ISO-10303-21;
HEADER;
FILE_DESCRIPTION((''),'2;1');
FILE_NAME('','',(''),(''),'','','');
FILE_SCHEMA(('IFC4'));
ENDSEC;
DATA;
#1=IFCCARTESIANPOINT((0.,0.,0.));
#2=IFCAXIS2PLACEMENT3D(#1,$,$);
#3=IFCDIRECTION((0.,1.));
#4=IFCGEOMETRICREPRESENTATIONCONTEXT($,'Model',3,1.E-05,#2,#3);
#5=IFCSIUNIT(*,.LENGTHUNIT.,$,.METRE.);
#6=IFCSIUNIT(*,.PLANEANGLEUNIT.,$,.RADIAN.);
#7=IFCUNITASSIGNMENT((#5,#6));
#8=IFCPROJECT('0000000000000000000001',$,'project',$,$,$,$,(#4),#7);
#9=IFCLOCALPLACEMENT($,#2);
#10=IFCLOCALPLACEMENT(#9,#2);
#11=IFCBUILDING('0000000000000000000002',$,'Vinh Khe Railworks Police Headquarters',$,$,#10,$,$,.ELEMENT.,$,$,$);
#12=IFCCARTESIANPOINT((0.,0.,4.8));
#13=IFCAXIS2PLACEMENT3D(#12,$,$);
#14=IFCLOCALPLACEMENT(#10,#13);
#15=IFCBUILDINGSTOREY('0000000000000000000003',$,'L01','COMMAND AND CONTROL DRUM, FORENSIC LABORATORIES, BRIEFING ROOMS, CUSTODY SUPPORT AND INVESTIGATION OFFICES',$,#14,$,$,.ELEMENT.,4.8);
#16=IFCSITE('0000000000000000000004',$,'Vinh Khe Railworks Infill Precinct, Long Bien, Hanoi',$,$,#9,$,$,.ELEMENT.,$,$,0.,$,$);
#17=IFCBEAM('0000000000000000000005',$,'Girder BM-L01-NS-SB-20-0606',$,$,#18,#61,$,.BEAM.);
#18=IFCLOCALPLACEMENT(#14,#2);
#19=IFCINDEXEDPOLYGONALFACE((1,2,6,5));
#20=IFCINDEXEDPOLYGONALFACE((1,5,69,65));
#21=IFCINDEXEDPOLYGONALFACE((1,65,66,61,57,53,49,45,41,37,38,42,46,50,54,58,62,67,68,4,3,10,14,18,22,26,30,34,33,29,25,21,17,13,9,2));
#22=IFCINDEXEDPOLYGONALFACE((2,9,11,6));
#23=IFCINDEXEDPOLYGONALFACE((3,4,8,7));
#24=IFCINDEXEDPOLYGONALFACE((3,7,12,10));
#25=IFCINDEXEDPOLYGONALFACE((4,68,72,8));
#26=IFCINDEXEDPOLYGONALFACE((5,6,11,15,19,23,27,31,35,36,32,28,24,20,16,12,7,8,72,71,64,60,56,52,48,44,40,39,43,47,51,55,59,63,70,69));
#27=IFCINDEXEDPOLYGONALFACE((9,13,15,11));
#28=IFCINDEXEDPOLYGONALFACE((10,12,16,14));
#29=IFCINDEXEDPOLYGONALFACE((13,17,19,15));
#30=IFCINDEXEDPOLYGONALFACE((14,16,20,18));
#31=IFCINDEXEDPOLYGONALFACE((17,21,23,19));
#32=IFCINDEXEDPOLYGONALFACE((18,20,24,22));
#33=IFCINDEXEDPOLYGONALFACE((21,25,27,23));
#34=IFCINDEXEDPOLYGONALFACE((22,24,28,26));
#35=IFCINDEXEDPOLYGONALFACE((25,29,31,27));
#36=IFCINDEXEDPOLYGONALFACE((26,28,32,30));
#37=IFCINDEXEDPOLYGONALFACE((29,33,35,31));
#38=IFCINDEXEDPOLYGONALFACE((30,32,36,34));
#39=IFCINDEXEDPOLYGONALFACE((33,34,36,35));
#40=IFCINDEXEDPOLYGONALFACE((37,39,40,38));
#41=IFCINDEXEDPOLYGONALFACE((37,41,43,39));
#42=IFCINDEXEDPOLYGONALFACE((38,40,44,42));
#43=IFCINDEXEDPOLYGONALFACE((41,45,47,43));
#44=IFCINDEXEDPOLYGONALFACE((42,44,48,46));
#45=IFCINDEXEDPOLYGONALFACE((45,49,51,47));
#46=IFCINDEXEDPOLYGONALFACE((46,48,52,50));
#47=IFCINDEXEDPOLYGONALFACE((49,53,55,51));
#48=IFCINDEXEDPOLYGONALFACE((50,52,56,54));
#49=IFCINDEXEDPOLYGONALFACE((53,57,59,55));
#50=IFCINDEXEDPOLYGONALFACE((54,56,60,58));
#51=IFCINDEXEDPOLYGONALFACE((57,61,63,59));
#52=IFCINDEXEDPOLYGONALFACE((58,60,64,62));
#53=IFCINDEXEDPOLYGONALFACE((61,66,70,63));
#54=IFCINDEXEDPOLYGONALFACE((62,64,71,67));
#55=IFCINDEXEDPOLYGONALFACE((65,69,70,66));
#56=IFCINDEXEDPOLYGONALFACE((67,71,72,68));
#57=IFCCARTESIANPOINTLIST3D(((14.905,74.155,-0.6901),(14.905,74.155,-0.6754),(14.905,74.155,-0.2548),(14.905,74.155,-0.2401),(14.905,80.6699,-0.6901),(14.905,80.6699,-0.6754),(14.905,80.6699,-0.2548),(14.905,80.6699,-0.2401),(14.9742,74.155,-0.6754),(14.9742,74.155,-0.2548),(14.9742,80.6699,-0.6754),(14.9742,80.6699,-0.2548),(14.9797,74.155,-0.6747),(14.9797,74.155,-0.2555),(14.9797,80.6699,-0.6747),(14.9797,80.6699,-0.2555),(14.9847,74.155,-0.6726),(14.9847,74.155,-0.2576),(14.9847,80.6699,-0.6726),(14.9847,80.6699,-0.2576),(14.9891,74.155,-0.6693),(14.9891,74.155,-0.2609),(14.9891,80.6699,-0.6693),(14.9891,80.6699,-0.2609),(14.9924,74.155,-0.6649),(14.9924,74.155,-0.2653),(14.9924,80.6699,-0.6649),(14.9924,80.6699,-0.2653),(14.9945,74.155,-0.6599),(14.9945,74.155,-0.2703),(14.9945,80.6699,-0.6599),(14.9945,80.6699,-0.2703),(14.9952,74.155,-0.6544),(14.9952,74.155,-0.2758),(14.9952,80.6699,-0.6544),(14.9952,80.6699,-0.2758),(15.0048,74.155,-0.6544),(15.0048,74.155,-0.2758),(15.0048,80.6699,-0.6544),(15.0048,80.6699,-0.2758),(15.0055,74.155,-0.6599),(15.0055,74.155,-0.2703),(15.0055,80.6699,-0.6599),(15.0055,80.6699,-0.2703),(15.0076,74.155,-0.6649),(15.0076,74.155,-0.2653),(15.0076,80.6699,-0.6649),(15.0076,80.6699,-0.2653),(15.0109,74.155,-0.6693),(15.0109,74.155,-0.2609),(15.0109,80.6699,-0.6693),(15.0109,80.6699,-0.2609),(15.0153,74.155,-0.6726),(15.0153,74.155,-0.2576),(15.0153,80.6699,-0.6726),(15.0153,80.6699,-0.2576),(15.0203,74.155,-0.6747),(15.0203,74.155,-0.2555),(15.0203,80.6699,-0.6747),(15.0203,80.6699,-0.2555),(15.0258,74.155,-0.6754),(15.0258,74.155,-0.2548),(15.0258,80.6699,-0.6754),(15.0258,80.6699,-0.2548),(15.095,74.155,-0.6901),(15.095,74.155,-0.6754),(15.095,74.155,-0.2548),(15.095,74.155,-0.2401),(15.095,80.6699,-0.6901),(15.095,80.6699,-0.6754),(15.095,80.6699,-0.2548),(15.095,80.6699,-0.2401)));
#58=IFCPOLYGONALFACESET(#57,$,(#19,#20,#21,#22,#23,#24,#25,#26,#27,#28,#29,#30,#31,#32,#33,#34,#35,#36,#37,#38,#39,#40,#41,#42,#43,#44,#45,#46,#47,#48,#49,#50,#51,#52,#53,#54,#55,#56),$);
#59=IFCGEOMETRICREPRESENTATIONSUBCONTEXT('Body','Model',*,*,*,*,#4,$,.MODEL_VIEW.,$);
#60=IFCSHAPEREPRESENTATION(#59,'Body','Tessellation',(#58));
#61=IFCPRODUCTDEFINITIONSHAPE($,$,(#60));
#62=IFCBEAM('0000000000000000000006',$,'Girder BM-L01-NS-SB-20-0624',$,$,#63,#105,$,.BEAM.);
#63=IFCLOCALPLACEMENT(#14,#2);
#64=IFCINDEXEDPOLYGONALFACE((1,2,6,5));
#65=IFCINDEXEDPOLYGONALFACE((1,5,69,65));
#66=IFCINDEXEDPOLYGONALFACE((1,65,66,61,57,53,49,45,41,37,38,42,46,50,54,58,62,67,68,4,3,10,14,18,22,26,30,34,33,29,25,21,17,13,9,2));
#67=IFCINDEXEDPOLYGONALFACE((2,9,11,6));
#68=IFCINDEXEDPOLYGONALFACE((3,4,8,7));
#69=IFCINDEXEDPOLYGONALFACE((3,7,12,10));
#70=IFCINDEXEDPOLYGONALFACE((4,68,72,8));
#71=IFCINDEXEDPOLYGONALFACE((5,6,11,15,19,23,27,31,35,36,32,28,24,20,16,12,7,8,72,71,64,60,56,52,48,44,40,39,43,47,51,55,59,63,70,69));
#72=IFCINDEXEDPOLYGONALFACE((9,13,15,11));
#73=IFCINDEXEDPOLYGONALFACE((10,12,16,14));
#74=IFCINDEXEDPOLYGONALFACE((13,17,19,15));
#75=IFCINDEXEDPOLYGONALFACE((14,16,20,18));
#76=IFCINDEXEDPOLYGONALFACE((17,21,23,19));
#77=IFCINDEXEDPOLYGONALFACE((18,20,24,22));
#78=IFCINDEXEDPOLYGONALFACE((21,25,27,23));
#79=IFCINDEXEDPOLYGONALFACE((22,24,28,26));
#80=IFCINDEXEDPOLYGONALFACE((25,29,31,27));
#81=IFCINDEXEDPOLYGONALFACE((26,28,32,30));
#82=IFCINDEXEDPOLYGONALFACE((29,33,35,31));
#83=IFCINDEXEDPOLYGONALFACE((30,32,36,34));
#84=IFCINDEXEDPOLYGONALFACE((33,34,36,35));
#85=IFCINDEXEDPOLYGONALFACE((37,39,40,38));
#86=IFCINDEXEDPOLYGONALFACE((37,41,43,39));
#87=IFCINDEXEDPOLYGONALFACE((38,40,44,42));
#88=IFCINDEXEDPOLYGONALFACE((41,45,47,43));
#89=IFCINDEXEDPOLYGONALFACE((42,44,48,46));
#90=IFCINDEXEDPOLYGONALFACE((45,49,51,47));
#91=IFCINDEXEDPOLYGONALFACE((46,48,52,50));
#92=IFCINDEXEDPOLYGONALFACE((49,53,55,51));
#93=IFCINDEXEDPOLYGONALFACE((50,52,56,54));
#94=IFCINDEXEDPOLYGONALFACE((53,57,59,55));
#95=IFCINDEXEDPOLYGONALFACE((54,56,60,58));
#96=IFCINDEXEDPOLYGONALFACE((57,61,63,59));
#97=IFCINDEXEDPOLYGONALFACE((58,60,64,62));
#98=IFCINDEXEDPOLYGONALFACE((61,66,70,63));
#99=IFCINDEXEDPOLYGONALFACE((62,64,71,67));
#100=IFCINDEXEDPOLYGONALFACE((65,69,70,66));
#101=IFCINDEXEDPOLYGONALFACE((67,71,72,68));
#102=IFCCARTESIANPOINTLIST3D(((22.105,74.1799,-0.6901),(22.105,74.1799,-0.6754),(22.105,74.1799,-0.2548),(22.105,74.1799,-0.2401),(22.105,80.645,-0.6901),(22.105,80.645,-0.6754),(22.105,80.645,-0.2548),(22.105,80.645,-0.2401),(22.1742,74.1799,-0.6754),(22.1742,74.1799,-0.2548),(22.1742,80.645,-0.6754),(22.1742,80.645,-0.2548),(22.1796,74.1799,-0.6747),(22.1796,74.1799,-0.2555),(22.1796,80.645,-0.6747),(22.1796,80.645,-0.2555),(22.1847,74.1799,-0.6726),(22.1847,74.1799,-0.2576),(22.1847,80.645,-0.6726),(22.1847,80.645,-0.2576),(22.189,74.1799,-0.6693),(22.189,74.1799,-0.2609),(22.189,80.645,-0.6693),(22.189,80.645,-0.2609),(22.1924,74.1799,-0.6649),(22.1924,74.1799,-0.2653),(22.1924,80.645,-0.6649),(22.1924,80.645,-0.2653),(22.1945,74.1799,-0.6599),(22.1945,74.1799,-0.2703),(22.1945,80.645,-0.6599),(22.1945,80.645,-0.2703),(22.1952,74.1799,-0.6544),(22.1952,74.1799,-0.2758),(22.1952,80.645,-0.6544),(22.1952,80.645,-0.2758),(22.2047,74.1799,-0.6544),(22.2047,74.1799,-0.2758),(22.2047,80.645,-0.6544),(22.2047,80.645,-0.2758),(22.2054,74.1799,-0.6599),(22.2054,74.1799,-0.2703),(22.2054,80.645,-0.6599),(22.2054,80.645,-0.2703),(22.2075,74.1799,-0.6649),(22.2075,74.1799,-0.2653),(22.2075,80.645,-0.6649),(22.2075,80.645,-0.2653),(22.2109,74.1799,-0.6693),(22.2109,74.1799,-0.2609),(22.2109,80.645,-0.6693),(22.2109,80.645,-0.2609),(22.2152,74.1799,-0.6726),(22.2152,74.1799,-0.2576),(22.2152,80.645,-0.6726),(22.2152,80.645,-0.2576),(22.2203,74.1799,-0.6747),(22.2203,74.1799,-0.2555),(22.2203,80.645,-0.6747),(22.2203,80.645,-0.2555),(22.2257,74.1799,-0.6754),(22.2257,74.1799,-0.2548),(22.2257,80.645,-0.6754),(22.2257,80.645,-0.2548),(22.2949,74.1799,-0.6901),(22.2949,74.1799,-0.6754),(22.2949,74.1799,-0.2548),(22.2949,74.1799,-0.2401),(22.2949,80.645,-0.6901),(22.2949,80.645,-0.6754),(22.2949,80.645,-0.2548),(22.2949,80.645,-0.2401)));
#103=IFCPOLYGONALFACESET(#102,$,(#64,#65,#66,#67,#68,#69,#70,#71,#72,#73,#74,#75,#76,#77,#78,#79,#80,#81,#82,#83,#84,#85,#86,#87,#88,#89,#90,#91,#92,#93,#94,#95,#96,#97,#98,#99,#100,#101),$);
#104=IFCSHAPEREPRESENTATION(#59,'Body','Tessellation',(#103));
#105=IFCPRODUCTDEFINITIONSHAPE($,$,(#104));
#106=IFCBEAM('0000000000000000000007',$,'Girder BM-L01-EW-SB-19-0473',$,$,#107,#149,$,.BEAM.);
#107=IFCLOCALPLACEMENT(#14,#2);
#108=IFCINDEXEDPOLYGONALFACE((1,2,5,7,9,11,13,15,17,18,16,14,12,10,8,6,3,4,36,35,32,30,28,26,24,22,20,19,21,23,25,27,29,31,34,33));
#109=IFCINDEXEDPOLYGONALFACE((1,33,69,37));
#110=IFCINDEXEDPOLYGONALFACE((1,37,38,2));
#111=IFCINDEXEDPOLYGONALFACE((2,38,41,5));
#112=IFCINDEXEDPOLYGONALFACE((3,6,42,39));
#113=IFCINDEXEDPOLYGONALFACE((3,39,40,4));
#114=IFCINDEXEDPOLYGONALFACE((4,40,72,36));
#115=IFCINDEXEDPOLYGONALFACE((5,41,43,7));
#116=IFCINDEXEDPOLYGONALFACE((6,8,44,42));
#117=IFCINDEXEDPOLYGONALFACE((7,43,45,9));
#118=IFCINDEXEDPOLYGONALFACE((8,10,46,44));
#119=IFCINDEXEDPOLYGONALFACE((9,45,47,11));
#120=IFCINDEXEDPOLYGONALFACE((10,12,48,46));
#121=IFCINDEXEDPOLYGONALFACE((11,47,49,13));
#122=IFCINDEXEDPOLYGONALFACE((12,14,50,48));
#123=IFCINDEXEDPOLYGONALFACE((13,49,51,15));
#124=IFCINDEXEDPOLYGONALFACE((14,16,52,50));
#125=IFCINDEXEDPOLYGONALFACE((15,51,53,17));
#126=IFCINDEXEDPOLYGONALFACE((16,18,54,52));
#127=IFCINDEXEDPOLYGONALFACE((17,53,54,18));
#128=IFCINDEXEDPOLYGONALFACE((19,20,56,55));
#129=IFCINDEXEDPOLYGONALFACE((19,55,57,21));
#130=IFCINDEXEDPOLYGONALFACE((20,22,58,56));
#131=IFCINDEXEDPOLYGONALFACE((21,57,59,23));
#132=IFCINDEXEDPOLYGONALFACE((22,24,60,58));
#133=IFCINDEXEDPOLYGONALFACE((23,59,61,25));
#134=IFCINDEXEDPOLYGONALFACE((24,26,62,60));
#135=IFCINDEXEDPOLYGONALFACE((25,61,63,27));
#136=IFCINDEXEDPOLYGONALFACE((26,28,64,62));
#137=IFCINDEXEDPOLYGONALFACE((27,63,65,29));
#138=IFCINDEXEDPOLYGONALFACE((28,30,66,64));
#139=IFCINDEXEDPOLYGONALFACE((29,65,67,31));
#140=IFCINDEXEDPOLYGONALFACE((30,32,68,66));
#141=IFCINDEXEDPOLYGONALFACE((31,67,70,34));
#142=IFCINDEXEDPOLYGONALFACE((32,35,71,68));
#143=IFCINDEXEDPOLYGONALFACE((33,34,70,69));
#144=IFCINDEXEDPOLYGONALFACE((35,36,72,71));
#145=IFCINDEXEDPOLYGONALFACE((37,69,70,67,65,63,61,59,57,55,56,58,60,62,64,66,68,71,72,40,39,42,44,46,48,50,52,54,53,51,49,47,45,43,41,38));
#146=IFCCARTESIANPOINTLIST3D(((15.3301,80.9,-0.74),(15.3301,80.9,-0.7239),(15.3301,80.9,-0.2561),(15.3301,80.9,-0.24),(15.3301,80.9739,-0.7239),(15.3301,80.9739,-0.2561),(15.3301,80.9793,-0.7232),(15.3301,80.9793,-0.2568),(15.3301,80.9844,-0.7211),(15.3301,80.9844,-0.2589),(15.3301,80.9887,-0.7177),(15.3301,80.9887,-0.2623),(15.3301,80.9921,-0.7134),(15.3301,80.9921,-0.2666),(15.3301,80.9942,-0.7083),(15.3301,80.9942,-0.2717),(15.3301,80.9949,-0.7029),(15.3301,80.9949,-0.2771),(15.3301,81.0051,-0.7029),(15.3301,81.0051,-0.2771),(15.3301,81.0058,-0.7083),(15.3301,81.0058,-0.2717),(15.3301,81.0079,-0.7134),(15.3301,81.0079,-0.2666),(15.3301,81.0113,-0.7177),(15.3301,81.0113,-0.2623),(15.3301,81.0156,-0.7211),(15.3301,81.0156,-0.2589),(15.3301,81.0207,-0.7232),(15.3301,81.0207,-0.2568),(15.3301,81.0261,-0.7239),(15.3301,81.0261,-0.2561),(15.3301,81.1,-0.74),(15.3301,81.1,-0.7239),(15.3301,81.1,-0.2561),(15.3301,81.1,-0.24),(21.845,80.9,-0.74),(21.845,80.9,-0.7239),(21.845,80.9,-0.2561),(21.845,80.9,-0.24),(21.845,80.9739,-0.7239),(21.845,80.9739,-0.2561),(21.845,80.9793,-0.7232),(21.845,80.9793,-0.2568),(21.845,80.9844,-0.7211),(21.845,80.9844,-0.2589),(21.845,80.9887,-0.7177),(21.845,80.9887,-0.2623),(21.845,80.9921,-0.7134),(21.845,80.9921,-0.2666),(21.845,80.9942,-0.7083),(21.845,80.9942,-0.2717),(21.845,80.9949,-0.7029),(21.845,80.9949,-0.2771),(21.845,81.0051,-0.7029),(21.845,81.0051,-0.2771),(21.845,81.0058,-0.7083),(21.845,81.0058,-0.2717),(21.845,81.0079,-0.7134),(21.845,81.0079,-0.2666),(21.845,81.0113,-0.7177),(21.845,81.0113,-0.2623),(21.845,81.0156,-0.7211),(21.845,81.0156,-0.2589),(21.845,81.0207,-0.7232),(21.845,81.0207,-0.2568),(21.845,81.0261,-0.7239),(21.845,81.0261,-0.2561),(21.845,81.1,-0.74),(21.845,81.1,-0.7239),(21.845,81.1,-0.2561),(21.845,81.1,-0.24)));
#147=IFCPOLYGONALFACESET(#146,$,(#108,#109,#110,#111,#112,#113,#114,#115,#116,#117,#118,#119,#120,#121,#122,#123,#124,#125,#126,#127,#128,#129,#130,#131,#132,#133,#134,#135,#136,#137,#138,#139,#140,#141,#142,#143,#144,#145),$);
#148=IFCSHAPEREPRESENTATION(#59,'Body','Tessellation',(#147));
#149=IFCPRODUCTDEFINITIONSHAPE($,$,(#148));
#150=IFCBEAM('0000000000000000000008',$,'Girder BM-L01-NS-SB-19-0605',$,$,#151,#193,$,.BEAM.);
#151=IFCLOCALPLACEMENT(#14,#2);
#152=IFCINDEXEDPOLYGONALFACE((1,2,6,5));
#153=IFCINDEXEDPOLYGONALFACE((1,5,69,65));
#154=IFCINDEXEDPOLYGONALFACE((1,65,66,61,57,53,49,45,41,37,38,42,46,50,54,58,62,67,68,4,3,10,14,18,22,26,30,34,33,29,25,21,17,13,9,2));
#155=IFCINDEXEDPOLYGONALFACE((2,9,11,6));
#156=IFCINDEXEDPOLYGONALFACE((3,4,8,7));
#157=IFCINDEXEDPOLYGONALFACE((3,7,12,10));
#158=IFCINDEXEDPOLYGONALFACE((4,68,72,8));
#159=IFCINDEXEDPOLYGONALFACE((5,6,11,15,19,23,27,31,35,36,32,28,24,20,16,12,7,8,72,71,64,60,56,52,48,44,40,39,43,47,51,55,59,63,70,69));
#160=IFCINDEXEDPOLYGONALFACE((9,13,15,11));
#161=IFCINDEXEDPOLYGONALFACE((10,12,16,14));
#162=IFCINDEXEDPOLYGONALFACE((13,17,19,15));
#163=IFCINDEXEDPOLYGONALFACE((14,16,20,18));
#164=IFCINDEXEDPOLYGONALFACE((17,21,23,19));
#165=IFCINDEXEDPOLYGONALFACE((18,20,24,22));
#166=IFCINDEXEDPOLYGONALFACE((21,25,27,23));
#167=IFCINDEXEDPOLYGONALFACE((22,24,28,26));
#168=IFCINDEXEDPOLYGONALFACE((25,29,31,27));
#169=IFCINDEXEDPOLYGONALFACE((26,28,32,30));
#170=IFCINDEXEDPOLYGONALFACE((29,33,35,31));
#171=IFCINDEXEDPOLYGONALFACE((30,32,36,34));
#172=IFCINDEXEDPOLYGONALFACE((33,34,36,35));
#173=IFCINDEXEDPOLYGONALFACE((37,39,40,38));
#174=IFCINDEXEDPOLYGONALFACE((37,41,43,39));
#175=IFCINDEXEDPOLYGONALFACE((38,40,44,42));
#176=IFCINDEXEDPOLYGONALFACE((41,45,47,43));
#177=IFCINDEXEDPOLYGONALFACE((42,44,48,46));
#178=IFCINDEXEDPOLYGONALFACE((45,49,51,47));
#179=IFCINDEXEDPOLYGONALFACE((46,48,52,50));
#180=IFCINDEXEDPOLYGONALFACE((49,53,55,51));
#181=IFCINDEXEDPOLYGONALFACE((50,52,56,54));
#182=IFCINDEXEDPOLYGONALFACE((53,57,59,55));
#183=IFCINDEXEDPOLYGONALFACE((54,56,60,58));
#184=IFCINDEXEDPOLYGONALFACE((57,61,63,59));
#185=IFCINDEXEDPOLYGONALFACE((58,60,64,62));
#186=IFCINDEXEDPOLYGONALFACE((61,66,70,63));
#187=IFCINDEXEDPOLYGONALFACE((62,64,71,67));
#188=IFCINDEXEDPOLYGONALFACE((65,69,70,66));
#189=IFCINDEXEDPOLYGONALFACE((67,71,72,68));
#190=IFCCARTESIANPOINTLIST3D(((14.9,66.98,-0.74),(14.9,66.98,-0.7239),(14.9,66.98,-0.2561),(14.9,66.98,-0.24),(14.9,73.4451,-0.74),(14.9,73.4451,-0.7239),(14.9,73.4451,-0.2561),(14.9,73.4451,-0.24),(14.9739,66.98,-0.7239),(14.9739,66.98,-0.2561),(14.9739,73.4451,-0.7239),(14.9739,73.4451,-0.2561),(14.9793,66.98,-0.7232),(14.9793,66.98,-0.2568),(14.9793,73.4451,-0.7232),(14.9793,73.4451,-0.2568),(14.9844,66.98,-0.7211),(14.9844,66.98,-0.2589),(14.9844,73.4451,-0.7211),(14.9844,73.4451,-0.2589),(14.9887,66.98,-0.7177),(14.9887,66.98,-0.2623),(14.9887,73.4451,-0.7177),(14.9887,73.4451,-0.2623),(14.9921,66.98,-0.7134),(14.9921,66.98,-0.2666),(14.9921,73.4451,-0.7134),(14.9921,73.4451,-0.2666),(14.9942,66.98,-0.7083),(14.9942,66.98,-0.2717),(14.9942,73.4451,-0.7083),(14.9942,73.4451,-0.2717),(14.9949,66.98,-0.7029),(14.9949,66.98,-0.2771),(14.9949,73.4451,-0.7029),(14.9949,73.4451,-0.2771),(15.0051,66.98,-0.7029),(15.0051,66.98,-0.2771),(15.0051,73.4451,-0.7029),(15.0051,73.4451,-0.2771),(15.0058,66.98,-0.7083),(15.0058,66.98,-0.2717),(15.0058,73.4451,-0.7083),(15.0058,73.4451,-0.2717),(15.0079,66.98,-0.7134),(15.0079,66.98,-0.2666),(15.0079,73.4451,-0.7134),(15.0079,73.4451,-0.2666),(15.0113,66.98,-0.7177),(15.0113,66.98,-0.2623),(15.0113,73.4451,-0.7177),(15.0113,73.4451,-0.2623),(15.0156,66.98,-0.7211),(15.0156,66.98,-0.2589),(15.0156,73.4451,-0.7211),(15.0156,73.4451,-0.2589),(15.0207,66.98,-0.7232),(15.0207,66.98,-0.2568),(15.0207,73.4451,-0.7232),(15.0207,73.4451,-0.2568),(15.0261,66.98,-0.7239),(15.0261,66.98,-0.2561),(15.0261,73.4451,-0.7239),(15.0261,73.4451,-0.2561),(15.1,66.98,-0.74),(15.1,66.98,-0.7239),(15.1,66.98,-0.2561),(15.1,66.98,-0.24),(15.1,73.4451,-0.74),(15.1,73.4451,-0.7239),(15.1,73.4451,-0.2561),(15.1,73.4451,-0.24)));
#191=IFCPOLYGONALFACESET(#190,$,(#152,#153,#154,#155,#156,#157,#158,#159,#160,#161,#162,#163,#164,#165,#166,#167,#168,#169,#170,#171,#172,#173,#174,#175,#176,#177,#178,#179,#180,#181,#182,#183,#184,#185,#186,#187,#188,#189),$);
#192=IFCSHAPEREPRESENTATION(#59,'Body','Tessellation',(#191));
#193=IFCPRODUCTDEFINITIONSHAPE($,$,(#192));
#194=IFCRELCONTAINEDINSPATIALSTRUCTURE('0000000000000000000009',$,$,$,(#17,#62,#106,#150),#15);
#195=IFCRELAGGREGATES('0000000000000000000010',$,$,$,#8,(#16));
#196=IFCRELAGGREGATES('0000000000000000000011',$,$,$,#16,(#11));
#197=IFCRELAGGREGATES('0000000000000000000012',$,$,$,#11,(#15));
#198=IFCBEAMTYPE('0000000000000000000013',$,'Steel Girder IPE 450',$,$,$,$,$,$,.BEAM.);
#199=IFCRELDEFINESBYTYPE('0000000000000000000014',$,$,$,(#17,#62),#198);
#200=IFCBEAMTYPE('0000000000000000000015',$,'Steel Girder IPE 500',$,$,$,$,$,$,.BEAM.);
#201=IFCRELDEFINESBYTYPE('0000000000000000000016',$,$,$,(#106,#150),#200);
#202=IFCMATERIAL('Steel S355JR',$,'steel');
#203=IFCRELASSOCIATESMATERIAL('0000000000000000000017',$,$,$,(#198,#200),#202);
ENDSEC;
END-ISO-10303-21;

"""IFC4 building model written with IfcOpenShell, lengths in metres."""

from ifc_helpers import new_model, si_unit, direction, frame, origin, origin_2d, place, context, subcontext, project, spatial, i_section, extrude, material, material_profile, profile_set, type_object, element, save


model = new_model("IFC4")

# Units and contexts
model_context = context("Model", 3, precision=1e-05, world=origin(), true_north=direction((0.0, 1.0)))
body_context = subcontext(model_context, "Body", "Model", "MODEL_VIEW")
ifc_project = project(units=[si_unit("LENGTHUNIT", "METRE"), si_unit("PLANEANGLEUNIT", "RADIAN")], contexts=[model_context])

# Site, building, storey
site_placement = place(None, origin())
site = spatial("IfcSite", under=ifc_project, at=site_placement, Name="Vinh Khe Railworks Infill Precinct, Long Bien, Hanoi", CompositionType="ELEMENT", RefElevation=0.0)
building_placement = place(site_placement, origin())
building = spatial("IfcBuilding", under=site, at=building_placement, Name="Vinh Khe Railworks Police Headquarters", CompositionType="ELEMENT")
storey_placement = place(building_placement, frame((0.0, 0.0, 4.8)))
storey = spatial("IfcBuildingStorey", under=building, at=storey_placement, Name="L01", Description="COMMAND AND CONTROL DRUM, FORENSIC LABORATORIES, BRIEFING ROOMS, CUSTODY SUPPORT AND INVESTIGATION OFFICES", CompositionType="ELEMENT", Elevation=4.8)

# Beams
ifc_material_1 = material(Name="Steel S355JR", Category="steel")
ifc_material_profile_1 = material_profile(ifc_material_1, i_section(OverallWidth=0.1899, OverallDepth=0.45, WebThickness=0.0095, FlangeThickness=0.0146, FilletRadius=0.021, at=origin_2d()), Name="IPE 450")
ifc_profile_set_1 = profile_set([ifc_material_profile_1], Name="Steel S355JR")
beam_type_1 = type_object("IfcBeamType", Name="Steel Girder IPE 450", PredefinedType="BEAM", material=ifc_profile_set_1)
beam_1_placement = place(storey_placement, frame((15.0, 74.155, -0.4651), z_axis=(0.0, 1.0, 0.0), x_axis=(-1.0, 0.0, 0.0)))
element("IfcBeam", 1, at=beam_1_placement, inside=storey, type_object=beam_type_1, Name="Girder BM-L01-NS-SB-20-0606", PredefinedType="BEAM", context=body_context, shape_type="SweptSolid", body=[
    extrude(i_section(OverallWidth=0.1899, OverallDepth=0.45, WebThickness=0.0095, FlangeThickness=0.0146, FilletRadius=0.021, at=origin_2d()), origin(), (0.0, 0.0, 1.0), 6.5149),
])
beam_2_placement = place(storey_placement, frame((22.2, 74.1799, -0.4651), z_axis=(0.0, 1.0, 0.0), x_axis=(-1.0, 0.0, 0.0)))
element("IfcBeam", 2, at=beam_2_placement, inside=storey, type_object=beam_type_1, Name="Girder BM-L01-NS-SB-20-0624", PredefinedType="BEAM", context=body_context, shape_type="SweptSolid", body=[
    extrude(i_section(OverallWidth=0.1899, OverallDepth=0.45, WebThickness=0.0095, FlangeThickness=0.0146, FilletRadius=0.021, at=origin_2d()), origin(), (0.0, 0.0, 1.0), 6.4651),
])
ifc_material_profile_2 = material_profile(ifc_material_1, i_section(OverallWidth=0.2, OverallDepth=0.5, WebThickness=0.0103, FlangeThickness=0.0161, FilletRadius=0.021, at=origin_2d()), Name="IPE 500")
ifc_profile_set_2 = profile_set([ifc_material_profile_2], Name="Steel S355JR")
beam_type_2 = type_object("IfcBeamType", Name="Steel Girder IPE 500", PredefinedType="BEAM", material=ifc_profile_set_2)
beam_3_placement = place(storey_placement, frame((15.3301, 81.0, -0.49), z_axis=(1.0, 0.0, 0.0), x_axis=(0.0, 1.0, 0.0)))
element("IfcBeam", 3, at=beam_3_placement, inside=storey, type_object=beam_type_2, Name="Girder BM-L01-EW-SB-19-0473", PredefinedType="BEAM", context=body_context, shape_type="SweptSolid", body=[
    extrude(i_section(OverallWidth=0.2, OverallDepth=0.5, WebThickness=0.0103, FlangeThickness=0.0161, FilletRadius=0.021, at=origin_2d()), origin(), (0.0, 0.0, 1.0), 6.5149),
])
beam_4_placement = place(storey_placement, frame((15.0, 66.98, -0.49), z_axis=(0.0, 1.0, 0.0), x_axis=(-1.0, 0.0, 0.0)))
element("IfcBeam", 4, at=beam_4_placement, inside=storey, type_object=beam_type_2, Name="Girder BM-L01-NS-SB-19-0605", PredefinedType="BEAM", context=body_context, shape_type="SweptSolid", body=[
    extrude(i_section(OverallWidth=0.2, OverallDepth=0.5, WebThickness=0.0103, FlangeThickness=0.0161, FilletRadius=0.021, at=origin_2d()), origin(), (0.0, 0.0, 1.0), 6.4651),
])

save(model, "model.ifc")
